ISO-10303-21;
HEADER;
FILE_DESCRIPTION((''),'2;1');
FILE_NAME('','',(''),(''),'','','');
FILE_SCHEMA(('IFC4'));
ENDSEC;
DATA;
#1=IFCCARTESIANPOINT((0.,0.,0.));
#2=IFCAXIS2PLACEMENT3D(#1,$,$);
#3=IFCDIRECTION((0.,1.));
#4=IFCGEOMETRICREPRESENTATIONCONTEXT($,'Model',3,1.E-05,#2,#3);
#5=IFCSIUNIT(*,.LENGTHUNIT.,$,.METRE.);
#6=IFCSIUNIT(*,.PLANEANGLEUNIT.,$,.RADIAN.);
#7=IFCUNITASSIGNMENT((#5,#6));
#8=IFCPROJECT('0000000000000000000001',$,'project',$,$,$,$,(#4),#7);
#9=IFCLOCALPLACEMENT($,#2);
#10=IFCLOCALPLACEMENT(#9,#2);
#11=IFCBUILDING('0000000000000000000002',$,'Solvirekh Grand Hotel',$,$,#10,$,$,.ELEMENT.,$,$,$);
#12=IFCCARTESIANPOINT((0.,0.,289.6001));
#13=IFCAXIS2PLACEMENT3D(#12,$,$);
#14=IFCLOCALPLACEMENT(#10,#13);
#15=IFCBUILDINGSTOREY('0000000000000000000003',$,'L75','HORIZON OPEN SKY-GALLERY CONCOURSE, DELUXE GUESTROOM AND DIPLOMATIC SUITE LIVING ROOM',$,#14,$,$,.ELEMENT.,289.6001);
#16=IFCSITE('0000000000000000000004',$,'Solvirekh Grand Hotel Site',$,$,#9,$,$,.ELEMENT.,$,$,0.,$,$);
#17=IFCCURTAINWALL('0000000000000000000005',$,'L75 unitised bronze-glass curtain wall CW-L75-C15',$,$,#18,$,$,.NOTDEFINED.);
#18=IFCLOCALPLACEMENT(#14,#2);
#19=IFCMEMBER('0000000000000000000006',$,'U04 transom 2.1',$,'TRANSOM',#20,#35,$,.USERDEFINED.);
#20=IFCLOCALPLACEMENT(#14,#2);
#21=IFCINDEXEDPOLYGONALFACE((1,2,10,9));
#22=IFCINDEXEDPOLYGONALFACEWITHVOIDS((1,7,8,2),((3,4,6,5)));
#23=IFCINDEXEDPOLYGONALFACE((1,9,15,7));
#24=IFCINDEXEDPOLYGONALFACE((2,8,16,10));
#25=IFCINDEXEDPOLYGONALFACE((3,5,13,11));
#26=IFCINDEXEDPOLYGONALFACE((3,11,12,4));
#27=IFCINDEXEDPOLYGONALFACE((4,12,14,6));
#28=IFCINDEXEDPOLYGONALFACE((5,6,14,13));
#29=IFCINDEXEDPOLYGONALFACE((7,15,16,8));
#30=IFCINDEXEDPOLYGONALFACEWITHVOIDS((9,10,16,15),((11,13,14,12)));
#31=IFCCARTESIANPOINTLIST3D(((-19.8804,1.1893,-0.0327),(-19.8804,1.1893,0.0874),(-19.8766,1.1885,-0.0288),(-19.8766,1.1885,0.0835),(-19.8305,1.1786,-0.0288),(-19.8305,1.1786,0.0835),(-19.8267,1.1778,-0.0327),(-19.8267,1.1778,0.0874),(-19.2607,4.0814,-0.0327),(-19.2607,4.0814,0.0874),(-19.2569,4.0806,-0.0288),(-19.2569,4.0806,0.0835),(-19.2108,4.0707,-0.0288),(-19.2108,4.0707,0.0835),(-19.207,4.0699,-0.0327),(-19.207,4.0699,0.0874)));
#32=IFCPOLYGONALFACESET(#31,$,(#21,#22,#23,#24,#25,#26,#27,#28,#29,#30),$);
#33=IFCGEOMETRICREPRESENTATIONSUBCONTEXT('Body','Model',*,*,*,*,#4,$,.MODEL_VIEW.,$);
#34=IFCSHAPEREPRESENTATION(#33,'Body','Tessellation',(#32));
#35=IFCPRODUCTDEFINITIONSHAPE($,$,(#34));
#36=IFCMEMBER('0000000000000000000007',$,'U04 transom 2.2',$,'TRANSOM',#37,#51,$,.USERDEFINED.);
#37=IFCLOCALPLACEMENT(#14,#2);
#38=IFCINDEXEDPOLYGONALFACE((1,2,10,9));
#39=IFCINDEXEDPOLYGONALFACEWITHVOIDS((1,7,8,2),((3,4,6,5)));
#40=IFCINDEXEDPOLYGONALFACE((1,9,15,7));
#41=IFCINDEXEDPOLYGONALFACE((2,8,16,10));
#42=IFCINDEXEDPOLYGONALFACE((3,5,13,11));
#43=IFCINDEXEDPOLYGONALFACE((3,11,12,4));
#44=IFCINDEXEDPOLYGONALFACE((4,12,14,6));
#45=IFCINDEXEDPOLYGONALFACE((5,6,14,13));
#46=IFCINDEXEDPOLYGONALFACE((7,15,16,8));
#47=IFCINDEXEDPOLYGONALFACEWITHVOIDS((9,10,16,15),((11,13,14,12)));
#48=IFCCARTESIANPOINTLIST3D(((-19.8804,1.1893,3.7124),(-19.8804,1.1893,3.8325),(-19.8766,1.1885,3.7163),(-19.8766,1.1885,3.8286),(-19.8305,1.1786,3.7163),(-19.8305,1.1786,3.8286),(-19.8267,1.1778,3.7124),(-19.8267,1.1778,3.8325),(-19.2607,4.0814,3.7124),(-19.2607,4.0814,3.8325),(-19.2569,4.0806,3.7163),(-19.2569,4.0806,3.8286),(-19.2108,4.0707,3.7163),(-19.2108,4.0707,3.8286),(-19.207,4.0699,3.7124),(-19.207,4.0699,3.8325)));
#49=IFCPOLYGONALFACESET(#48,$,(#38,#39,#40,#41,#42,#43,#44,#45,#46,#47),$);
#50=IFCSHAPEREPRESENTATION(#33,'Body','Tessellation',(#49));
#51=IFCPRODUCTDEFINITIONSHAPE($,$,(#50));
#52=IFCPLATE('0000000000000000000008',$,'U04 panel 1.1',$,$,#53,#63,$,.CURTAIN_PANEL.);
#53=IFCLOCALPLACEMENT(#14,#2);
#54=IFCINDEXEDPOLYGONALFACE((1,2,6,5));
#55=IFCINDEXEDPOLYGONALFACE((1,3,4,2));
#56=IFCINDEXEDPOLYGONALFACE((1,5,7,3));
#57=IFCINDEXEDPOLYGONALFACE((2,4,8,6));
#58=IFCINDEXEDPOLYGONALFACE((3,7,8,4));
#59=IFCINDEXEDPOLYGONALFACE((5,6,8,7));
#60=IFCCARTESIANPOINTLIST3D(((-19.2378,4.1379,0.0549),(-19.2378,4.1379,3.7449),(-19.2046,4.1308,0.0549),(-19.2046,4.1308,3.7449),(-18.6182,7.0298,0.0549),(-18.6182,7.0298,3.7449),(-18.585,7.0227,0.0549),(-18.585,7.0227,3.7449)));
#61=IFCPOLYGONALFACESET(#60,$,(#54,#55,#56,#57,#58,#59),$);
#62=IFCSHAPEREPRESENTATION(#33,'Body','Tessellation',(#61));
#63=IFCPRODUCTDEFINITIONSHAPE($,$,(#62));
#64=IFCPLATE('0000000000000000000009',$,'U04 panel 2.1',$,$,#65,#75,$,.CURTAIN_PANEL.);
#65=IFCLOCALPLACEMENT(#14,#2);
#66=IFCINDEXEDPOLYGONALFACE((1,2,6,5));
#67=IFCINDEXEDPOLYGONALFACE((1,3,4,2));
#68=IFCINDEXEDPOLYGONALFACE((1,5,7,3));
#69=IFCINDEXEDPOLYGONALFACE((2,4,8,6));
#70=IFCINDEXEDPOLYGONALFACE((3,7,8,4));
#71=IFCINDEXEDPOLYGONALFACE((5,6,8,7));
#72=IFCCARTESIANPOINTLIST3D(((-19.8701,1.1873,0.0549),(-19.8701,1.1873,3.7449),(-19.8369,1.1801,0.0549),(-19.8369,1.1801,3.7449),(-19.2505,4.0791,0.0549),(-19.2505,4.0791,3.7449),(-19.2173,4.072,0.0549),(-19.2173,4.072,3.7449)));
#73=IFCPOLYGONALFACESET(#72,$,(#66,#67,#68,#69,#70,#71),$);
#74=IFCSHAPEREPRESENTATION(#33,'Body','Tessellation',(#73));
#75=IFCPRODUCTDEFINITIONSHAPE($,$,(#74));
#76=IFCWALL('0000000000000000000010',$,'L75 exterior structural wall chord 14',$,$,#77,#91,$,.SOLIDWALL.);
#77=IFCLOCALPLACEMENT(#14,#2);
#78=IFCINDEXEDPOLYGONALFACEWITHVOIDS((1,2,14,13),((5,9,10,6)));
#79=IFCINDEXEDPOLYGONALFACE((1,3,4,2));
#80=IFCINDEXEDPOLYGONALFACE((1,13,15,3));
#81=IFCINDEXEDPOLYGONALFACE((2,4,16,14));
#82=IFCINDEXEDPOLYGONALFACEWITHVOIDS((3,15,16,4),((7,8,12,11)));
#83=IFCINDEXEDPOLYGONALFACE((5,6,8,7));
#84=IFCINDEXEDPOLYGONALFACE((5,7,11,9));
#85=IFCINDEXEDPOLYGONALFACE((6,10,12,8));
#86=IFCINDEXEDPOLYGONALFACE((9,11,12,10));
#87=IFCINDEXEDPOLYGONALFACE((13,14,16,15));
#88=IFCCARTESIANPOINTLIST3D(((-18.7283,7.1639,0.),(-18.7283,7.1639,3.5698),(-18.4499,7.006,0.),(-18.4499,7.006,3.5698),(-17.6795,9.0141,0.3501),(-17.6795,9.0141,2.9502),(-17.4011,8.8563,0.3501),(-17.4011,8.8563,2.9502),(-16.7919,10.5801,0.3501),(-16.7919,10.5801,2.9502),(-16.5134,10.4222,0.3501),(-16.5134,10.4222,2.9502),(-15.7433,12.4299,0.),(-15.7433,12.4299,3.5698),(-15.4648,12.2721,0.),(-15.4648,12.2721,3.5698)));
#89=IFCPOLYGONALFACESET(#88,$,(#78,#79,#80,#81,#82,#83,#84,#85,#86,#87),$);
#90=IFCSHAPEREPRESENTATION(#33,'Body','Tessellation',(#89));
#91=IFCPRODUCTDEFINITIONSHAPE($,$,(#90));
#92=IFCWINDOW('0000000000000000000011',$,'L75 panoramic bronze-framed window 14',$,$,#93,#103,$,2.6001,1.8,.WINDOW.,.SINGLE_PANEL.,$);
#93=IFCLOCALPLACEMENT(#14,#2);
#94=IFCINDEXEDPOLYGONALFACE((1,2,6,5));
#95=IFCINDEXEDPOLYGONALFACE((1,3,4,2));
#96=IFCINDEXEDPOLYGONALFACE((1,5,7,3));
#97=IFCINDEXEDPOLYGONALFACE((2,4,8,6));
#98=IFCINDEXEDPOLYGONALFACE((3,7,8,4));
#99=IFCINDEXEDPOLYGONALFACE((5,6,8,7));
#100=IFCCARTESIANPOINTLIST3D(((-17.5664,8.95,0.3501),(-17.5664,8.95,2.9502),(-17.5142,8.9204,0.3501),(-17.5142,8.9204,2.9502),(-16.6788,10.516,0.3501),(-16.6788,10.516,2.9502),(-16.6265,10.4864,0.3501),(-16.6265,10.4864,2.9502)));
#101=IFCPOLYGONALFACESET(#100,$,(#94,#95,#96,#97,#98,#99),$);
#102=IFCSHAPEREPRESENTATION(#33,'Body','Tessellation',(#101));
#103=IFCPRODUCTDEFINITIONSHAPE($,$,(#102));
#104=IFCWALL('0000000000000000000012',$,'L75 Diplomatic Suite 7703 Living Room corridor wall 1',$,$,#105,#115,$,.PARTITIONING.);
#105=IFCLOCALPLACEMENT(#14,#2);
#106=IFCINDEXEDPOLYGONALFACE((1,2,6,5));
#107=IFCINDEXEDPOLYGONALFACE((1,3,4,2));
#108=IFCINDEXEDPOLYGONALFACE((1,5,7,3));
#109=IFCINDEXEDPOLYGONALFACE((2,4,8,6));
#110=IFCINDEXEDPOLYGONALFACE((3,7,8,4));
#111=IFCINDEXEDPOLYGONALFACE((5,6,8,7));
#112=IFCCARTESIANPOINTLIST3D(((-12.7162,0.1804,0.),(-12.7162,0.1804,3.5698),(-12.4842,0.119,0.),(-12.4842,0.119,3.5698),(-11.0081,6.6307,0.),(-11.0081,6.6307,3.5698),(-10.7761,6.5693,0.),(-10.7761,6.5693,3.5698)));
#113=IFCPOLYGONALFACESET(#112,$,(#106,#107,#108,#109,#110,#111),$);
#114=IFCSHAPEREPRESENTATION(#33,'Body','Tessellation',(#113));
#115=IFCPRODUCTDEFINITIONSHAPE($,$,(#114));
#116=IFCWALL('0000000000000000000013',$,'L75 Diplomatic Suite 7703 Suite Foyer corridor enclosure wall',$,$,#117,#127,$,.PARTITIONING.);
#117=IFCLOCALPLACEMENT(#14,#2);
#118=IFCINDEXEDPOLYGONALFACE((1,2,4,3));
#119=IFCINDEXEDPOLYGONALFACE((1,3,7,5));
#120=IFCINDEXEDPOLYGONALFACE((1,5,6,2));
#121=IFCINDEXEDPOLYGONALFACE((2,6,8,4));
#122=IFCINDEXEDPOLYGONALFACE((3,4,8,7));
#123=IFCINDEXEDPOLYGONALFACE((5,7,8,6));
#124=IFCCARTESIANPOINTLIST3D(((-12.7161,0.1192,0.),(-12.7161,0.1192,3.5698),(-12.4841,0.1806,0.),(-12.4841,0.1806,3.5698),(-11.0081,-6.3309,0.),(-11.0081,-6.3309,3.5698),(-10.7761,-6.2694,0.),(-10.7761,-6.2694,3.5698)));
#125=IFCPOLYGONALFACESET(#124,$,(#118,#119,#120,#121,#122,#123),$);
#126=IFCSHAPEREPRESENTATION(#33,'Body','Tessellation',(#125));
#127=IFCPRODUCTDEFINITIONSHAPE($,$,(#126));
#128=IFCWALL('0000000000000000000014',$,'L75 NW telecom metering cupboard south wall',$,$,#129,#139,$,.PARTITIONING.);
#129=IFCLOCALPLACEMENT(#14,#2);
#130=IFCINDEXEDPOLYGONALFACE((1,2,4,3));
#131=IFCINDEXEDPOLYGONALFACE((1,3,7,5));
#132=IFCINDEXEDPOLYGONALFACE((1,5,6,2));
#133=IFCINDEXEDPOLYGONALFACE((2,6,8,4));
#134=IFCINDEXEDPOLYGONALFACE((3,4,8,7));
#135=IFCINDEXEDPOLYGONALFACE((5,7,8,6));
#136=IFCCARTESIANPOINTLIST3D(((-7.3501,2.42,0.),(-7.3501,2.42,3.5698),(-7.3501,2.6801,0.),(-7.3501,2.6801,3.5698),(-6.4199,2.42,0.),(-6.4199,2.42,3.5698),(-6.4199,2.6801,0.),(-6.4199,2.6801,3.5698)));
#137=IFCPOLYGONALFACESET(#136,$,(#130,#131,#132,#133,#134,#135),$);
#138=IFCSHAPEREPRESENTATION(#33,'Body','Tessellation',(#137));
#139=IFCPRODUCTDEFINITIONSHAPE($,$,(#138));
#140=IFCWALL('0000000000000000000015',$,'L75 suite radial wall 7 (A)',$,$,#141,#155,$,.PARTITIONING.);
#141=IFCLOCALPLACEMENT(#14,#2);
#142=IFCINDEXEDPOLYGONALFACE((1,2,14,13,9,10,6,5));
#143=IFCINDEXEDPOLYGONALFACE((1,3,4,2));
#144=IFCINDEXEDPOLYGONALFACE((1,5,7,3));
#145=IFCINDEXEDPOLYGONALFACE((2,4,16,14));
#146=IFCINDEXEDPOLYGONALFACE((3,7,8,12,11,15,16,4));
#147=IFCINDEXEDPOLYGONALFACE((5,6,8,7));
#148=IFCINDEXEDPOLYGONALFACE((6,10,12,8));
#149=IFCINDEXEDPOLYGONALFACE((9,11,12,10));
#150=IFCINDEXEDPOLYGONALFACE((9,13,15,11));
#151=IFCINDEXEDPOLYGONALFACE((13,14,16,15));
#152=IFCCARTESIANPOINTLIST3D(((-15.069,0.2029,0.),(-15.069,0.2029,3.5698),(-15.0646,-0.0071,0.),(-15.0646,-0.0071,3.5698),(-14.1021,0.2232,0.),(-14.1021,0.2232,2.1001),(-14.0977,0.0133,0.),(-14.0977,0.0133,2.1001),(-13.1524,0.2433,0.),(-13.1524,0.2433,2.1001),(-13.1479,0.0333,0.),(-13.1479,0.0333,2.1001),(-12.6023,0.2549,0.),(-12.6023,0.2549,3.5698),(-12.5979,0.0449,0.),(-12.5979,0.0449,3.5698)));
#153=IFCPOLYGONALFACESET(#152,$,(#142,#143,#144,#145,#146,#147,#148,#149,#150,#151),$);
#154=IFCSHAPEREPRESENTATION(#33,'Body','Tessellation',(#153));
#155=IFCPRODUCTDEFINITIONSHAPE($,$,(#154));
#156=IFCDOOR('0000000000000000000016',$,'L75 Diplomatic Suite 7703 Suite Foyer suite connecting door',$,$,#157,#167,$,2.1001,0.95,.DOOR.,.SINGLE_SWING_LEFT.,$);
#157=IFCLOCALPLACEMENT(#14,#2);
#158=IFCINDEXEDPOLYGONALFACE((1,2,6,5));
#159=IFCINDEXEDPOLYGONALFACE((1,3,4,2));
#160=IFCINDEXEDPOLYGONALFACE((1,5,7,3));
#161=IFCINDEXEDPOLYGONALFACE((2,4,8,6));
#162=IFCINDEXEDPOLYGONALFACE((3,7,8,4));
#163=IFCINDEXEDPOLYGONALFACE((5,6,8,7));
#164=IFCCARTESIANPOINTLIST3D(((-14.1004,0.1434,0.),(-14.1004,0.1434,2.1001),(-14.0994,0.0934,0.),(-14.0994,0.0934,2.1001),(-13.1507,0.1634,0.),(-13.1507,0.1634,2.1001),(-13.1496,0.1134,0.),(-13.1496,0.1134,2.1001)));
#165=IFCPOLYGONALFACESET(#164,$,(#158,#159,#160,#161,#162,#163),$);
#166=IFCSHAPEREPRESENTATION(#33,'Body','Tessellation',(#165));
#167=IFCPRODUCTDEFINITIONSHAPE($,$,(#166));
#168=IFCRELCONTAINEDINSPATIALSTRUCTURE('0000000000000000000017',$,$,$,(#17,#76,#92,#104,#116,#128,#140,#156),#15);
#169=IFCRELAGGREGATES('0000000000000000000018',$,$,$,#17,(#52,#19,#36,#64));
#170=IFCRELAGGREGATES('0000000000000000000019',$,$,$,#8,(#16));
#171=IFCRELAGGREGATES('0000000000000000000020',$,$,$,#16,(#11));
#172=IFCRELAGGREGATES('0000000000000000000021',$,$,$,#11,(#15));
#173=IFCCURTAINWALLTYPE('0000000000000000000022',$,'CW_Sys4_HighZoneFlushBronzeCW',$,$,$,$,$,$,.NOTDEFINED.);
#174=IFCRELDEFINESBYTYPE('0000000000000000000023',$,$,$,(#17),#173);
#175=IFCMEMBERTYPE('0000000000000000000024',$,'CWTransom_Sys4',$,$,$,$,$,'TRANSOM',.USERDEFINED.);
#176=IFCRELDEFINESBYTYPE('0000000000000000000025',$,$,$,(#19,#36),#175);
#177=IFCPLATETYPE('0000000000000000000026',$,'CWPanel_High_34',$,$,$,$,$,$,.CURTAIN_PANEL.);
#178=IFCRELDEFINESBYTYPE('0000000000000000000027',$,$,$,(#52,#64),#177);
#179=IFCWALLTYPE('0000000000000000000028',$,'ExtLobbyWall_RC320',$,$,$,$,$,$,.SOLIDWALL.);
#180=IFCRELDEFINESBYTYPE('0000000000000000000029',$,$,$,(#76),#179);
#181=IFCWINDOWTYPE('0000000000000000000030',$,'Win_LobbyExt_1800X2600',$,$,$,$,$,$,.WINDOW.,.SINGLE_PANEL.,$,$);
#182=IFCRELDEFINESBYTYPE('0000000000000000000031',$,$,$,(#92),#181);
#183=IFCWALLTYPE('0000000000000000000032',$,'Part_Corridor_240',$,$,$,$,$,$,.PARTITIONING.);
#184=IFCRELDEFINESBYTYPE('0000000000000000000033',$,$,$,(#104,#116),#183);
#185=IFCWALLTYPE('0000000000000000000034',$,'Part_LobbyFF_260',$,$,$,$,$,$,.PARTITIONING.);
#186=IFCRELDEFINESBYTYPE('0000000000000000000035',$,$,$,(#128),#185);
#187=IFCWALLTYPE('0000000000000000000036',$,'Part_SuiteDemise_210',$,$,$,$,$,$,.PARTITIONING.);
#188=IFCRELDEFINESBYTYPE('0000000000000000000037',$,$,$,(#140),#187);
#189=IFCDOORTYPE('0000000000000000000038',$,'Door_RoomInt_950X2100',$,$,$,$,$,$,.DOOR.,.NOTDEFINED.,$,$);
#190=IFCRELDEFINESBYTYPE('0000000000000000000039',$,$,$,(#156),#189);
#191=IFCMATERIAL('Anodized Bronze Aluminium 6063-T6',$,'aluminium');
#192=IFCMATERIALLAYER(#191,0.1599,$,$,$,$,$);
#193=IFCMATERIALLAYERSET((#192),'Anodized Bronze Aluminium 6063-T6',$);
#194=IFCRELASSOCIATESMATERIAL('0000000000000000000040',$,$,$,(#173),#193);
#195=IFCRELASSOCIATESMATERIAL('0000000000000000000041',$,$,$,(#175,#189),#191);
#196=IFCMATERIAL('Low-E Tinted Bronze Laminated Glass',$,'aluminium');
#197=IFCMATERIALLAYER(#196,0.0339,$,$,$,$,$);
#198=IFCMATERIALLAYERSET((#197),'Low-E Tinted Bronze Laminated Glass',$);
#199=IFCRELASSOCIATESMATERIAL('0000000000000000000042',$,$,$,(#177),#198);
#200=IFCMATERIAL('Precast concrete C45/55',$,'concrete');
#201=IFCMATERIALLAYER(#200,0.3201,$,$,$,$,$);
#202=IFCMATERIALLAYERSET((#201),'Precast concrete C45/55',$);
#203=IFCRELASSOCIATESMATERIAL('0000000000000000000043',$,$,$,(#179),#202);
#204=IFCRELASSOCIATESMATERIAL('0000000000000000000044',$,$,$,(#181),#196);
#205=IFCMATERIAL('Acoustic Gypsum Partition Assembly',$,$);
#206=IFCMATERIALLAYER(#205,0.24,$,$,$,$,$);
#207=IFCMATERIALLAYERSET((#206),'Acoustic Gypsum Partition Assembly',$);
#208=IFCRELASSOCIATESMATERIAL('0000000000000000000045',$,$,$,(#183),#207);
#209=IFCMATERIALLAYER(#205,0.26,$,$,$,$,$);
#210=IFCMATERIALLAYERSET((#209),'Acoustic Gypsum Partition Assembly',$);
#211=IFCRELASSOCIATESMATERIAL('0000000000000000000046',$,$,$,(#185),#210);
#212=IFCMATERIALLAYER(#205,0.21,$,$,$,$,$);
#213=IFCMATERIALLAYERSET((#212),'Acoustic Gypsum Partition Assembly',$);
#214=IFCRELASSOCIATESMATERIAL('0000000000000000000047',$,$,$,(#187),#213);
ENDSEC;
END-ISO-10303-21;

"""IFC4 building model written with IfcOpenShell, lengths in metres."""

from ifc_helpers import new_model, si_unit, direction, frame, frame_2d, origin, origin_2d, place, context, subcontext, project, spatial, rectangle, hollow_rectangle, extrude, source, transform, mapped, material, layer, layer_set, material_profile, profile_set, type_object, element, fill, aggregate, save


model = new_model("IFC4")

# Units and contexts
model_context = context("Model", 3, precision=1e-05, world=origin(), true_north=direction((0.0, 1.0)))
body_context = subcontext(model_context, "Body", "Model", "MODEL_VIEW")
ifc_project = project(units=[si_unit("LENGTHUNIT", "METRE"), si_unit("PLANEANGLEUNIT", "RADIAN")], contexts=[model_context])

# Site, building, storey
site_placement = place(None, origin())
site = spatial("IfcSite", under=ifc_project, at=site_placement, Name="Solvirekh Grand Hotel Site", CompositionType="ELEMENT", RefElevation=0.0)
building_placement = place(site_placement, origin())
building = spatial("IfcBuilding", under=site, at=building_placement, Name="Solvirekh Grand Hotel", CompositionType="ELEMENT")
storey_placement = place(building_placement, frame((0.0, 0.0, 289.6001)))
storey = spatial("IfcBuildingStorey", under=building, at=storey_placement, Name="L75", Description="HORIZON OPEN SKY-GALLERY CONCOURSE, DELUXE GUESTROOM AND DIPLOMATIC SUITE LIVING ROOM", CompositionType="ELEMENT", Elevation=289.6001)

# Curtain wall, members, plates
ifc_material_1 = material(Name="Anodized Bronze Aluminium 6063-T6", Category="aluminium")
ifc_layer_1 = layer(ifc_material_1, 0.1599)
ifc_layer_set_1 = layer_set([ifc_layer_1], Name="Anodized Bronze Aluminium 6063-T6")
curtain_wall_type = type_object("IfcCurtainWallType", Name="CW_Sys4_HighZoneFlushBronzeCW", PredefinedType="NOTDEFINED", material=ifc_layer_set_1)
curtain_wall_placement = place(storey_placement, origin())
curtain_wall = element("IfcCurtainWall", 1, at=curtain_wall_placement, inside=storey, type_object=curtain_wall_type, Name="L75 unitised bronze-glass curtain wall CW-L75-C15", PredefinedType="NOTDEFINED")
ifc_material_profile_1 = material_profile(ifc_material_1, hollow_rectangle(XDim=0.0549, YDim=0.1201, WallThickness=0.0039, at=origin_2d()), Name="ALU RHS 120X55X4")
ifc_profile_set_1 = profile_set([ifc_material_profile_1], Name="Anodized Bronze Aluminium 6063-T6")
member_type_1 = type_object("IfcMemberType", Name="CWTransom_Sys4", ElementType="TRANSOM", PredefinedType="USERDEFINED", material=ifc_profile_set_1)
shared_shape_1 = source(origin(), body_context, "Body", "SweptSolid", [
    extrude(hollow_rectangle(XDim=0.0549, YDim=0.1201, WallThickness=0.0039, at=origin_2d()), origin(), (0.0, 0.0, 1.0), 2.9578),
])
member_1_placement = place(storey_placement, frame((-19.2339, 4.0757, 0.0273), z_axis=(-0.209495, -0.97781, 0.0), x_axis=(0.97781, -0.209495, 0.0)))
member_1 = element("IfcMember", 2, at=member_1_placement, type_object=member_type_1, Name="U04 transom 2.1", ObjectType="TRANSOM", PredefinedType="USERDEFINED", context=body_context, shape_type="MappedRepresentation", body=[
    mapped(shared_shape_1, transform((0.0, 0.0, 0.0), x_axis=(1.0, 0.0, 0.0), y_axis=(0.0, 1.0, 0.0), z_axis=(0.0, 0.0, 1.0), scale=1.0)),
])
member_2_placement = place(storey_placement, frame((-19.2339, 4.0757, 3.7725), z_axis=(-0.209495, -0.97781, 0.0), x_axis=(0.97781, -0.209495, 0.0)))
member_2 = element("IfcMember", 3, at=member_2_placement, type_object=member_type_1, Name="U04 transom 2.2", ObjectType="TRANSOM", PredefinedType="USERDEFINED", context=body_context, shape_type="MappedRepresentation", body=[
    mapped(shared_shape_1, transform((0.0, 0.0, 0.0), x_axis=(1.0, 0.0, 0.0), y_axis=(0.0, 1.0, 0.0), z_axis=(0.0, 0.0, 1.0), scale=1.0)),
])
ifc_material_2 = material(Name="Low-E Tinted Bronze Laminated Glass", Category="aluminium")
ifc_layer_2 = layer(ifc_material_2, 0.0339)
ifc_layer_set_2 = layer_set([ifc_layer_2], Name="Low-E Tinted Bronze Laminated Glass")
plate_type = type_object("IfcPlateType", Name="CWPanel_High_34", PredefinedType="CURTAIN_PANEL", material=ifc_layer_set_2)
shared_shape_2 = source(origin(), body_context, "Body", "SweptSolid", [
    extrude(rectangle(XDim=2.9575, YDim=0.0339, at=origin_2d()), origin(), (0.0, 0.0, 1.0), 3.6899),
])
plate_1_placement = place(storey_placement, frame((-18.9114, 5.5803, 0.0549), z_axis=(0.0, 0.0, 1.0), x_axis=(-0.209507, -0.977807, 0.0)))
plate_1 = element("IfcPlate", 4, at=plate_1_placement, type_object=plate_type, Name="U04 panel 1.1", PredefinedType="CURTAIN_PANEL", context=body_context, shape_type="MappedRepresentation", body=[
    mapped(shared_shape_2, transform((0.0, 0.0, 0.0), x_axis=(1.0, 0.0, 0.0), y_axis=(0.0, 1.0, 0.0), z_axis=(0.0, 0.0, 1.0), scale=1.0)),
])
plate_2_placement = place(storey_placement, frame((-19.5437, 2.6296, 0.0549), z_axis=(0.0, 0.0, 1.0), x_axis=(-0.209507, -0.977807, 0.0)))
plate_2 = element("IfcPlate", 5, at=plate_2_placement, type_object=plate_type, Name="U04 panel 2.1", PredefinedType="CURTAIN_PANEL", context=body_context, shape_type="MappedRepresentation", body=[
    mapped(shared_shape_2, transform((0.0, 0.0, 0.0), x_axis=(1.0, 0.0, 0.0), y_axis=(0.0, 1.0, 0.0), z_axis=(0.0, 0.0, 1.0), scale=1.0)),
])
aggregate(curtain_wall, [plate_1, member_1, member_2, plate_2])

# Wall, opening, window
ifc_material_3 = material(Name="Precast concrete C45/55", Category="concrete")
ifc_layer_3 = layer(ifc_material_3, 0.3201)
ifc_layer_set_3 = layer_set([ifc_layer_3], Name="Precast concrete C45/55")
wall_type_1 = type_object("IfcWallType", Name="ExtLobbyWall_RC320", PredefinedType="SOLIDWALL", material=ifc_layer_set_3)
wall_1_placement = place(storey_placement, frame((-18.5891, 7.085, 0.0), z_axis=(0.0, 0.0, 1.0), x_axis=(0.493135, 0.869953, 0.0)))
wall_1 = element("IfcWall", 6, at=wall_1_placement, inside=storey, type_object=wall_type_1, Name="L75 exterior structural wall chord 14", PredefinedType="SOLIDWALL", context=body_context, shape_type="SweptSolid", body=[
    extrude(rectangle(XDim=6.0532, YDim=0.3201, at=frame_2d((3.0266, 0.0))), origin(), (0.0, 0.0, 1.0), 3.5698),
])
opening_1_placement = place(wall_1_placement, frame((2.127, 0.0, 0.3501)))
opening_1 = element("IfcOpeningElement", 7, at=opening_1_placement, cuts=wall_1, PredefinedType="OPENING", context=body_context, shape_type="SweptSolid", body=[
    extrude(rectangle(XDim=1.8, YDim=2.6001, at=frame_2d((0.8999, 1.3))), frame((0.0, 0.1699, 0.0), z_axis=(0.0, -1.0, 0.0), x_axis=(1.0, 0.0, 0.0)), (0.0, 0.0, 1.0), 0.3401),
])
window_type = type_object("IfcWindowType", Name="Win_LobbyExt_1800X2600", PartitioningType="SINGLE_PANEL", PredefinedType="WINDOW", material=ifc_material_2)
window_placement = place(opening_1_placement, origin())
window = element("IfcWindow", 8, at=window_placement, inside=storey, type_object=window_type, Name="L75 panoramic bronze-framed window 14", OverallHeight=2.6001, OverallWidth=1.8, PartitioningType="SINGLE_PANEL", PredefinedType="WINDOW", context=body_context, shape_type="SweptSolid", body=[
    extrude(rectangle(XDim=1.8, YDim=2.6001, at=frame_2d((0.8999, 1.3))), frame((0.0, 0.03, 0.0), z_axis=(0.0, -1.0, 0.0), x_axis=(1.0, 0.0, 0.0)), (0.0, 0.0, 1.0), 0.0601),
])
fill(opening_1, window)

# Walls
ifc_material_4 = material(Name="Acoustic Gypsum Partition Assembly")
ifc_layer_4 = layer(ifc_material_4, 0.24)
ifc_layer_set_4 = layer_set([ifc_layer_4], Name="Acoustic Gypsum Partition Assembly")
wall_type_2 = type_object("IfcWallType", Name="Part_Corridor_240", PredefinedType="PARTITIONING", material=ifc_layer_set_4)
wall_2_placement = place(storey_placement, frame((-10.8921, 6.6001, 0.0), z_axis=(0.0, 0.0, 1.0), x_axis=(-0.255977, -0.966683, 0.0)))
element("IfcWall", 9, at=wall_2_placement, inside=storey, type_object=wall_type_2, Name="L75 Diplomatic Suite 7703 Living Room corridor wall 1", PredefinedType="PARTITIONING", context=body_context, shape_type="SweptSolid", body=[
    extrude(rectangle(XDim=6.6726, YDim=0.24, at=frame_2d((3.3364, 0.0))), origin(), (0.0, 0.0, 1.0), 3.5698),
])
wall_3_placement = place(storey_placement, frame((-12.6001, 0.1499, 0.0), z_axis=(0.0, 0.0, 1.0), x_axis=(0.255986, -0.96668, 0.0)))
element("IfcWall", 10, at=wall_3_placement, inside=storey, type_object=wall_type_2, Name="L75 Diplomatic Suite 7703 Suite Foyer corridor enclosure wall", PredefinedType="PARTITIONING", context=body_context, shape_type="SweptSolid", body=[
    extrude(rectangle(XDim=6.6724, YDim=0.24, at=frame_2d((3.3362, 0.0))), origin(), (0.0, 0.0, 1.0), 3.5698),
])
ifc_layer_5 = layer(ifc_material_4, 0.26)
ifc_layer_set_5 = layer_set([ifc_layer_5], Name="Acoustic Gypsum Partition Assembly")
wall_type_3 = type_object("IfcWallType", Name="Part_LobbyFF_260", PredefinedType="PARTITIONING", material=ifc_layer_set_5)
wall_4_placement = place(storey_placement, frame((-7.3501, 2.55, 0.0), z_axis=(0.0, 0.0, 1.0), x_axis=(1.0, 0.0, 0.0)))
element("IfcWall", 11, at=wall_4_placement, inside=storey, type_object=wall_type_3, Name="L75 NW telecom metering cupboard south wall", PredefinedType="PARTITIONING", context=body_context, shape_type="SweptSolid", body=[
    extrude(rectangle(XDim=0.9302, YDim=0.26, at=frame_2d((0.4651, 0.0))), origin(), (0.0, 0.0, 1.0), 3.5698),
])

# Wall, opening, door
ifc_layer_6 = layer(ifc_material_4, 0.21)
ifc_layer_set_6 = layer_set([ifc_layer_6], Name="Acoustic Gypsum Partition Assembly")
wall_type_4 = type_object("IfcWallType", Name="Part_SuiteDemise_210", PredefinedType="PARTITIONING", material=ifc_layer_set_6)
wall_5_placement = place(storey_placement, frame((-12.6001, 0.1499, 0.0), z_axis=(0.0, 0.0, 1.0), x_axis=(-0.999778, -0.021076, 0.0)))
wall_5 = element("IfcWall", 12, at=wall_5_placement, inside=storey, type_object=wall_type_4, Name="L75 suite radial wall 7 (A)", PredefinedType="PARTITIONING", context=body_context, shape_type="SweptSolid", body=[
    extrude(rectangle(XDim=2.4673, YDim=0.21, at=frame_2d((1.2336, 0.0))), origin(), (0.0, 0.0, 1.0), 3.5698),
])
opening_2_placement = place(wall_5_placement, frame((0.55, 0.0, 0.0)))
opening_2 = element("IfcOpeningElement", 13, at=opening_2_placement, cuts=wall_5, PredefinedType="OPENING", context=body_context, shape_type="SweptSolid", body=[
    extrude(rectangle(XDim=0.95, YDim=2.1001, at=frame_2d((0.4751, 1.05))), frame((0.0, 0.115, 0.0), z_axis=(0.0, -1.0, 0.0), x_axis=(1.0, 0.0, 0.0)), (0.0, 0.0, 1.0), 0.23),
])
door_type = type_object("IfcDoorType", Name="Door_RoomInt_950X2100", OperationType="NOTDEFINED", PredefinedType="DOOR", material=ifc_material_1)
door_placement = place(opening_2_placement, origin())
door = element("IfcDoor", 14, at=door_placement, inside=storey, type_object=door_type, Name="L75 Diplomatic Suite 7703 Suite Foyer suite connecting door", OperationType="SINGLE_SWING_LEFT", OverallHeight=2.1001, OverallWidth=0.95, PredefinedType="DOOR", context=body_context, shape_type="SweptSolid", body=[
    extrude(rectangle(XDim=0.95, YDim=2.1001, at=frame_2d((0.4751, 1.05))), frame((0.0, 0.0249, 0.0), z_axis=(0.0, -1.0, 0.0), x_axis=(1.0, 0.0, 0.0)), (0.0, 0.0, 1.0), 0.05),
])
fill(opening_2, door)

save(model, "model.ifc")
